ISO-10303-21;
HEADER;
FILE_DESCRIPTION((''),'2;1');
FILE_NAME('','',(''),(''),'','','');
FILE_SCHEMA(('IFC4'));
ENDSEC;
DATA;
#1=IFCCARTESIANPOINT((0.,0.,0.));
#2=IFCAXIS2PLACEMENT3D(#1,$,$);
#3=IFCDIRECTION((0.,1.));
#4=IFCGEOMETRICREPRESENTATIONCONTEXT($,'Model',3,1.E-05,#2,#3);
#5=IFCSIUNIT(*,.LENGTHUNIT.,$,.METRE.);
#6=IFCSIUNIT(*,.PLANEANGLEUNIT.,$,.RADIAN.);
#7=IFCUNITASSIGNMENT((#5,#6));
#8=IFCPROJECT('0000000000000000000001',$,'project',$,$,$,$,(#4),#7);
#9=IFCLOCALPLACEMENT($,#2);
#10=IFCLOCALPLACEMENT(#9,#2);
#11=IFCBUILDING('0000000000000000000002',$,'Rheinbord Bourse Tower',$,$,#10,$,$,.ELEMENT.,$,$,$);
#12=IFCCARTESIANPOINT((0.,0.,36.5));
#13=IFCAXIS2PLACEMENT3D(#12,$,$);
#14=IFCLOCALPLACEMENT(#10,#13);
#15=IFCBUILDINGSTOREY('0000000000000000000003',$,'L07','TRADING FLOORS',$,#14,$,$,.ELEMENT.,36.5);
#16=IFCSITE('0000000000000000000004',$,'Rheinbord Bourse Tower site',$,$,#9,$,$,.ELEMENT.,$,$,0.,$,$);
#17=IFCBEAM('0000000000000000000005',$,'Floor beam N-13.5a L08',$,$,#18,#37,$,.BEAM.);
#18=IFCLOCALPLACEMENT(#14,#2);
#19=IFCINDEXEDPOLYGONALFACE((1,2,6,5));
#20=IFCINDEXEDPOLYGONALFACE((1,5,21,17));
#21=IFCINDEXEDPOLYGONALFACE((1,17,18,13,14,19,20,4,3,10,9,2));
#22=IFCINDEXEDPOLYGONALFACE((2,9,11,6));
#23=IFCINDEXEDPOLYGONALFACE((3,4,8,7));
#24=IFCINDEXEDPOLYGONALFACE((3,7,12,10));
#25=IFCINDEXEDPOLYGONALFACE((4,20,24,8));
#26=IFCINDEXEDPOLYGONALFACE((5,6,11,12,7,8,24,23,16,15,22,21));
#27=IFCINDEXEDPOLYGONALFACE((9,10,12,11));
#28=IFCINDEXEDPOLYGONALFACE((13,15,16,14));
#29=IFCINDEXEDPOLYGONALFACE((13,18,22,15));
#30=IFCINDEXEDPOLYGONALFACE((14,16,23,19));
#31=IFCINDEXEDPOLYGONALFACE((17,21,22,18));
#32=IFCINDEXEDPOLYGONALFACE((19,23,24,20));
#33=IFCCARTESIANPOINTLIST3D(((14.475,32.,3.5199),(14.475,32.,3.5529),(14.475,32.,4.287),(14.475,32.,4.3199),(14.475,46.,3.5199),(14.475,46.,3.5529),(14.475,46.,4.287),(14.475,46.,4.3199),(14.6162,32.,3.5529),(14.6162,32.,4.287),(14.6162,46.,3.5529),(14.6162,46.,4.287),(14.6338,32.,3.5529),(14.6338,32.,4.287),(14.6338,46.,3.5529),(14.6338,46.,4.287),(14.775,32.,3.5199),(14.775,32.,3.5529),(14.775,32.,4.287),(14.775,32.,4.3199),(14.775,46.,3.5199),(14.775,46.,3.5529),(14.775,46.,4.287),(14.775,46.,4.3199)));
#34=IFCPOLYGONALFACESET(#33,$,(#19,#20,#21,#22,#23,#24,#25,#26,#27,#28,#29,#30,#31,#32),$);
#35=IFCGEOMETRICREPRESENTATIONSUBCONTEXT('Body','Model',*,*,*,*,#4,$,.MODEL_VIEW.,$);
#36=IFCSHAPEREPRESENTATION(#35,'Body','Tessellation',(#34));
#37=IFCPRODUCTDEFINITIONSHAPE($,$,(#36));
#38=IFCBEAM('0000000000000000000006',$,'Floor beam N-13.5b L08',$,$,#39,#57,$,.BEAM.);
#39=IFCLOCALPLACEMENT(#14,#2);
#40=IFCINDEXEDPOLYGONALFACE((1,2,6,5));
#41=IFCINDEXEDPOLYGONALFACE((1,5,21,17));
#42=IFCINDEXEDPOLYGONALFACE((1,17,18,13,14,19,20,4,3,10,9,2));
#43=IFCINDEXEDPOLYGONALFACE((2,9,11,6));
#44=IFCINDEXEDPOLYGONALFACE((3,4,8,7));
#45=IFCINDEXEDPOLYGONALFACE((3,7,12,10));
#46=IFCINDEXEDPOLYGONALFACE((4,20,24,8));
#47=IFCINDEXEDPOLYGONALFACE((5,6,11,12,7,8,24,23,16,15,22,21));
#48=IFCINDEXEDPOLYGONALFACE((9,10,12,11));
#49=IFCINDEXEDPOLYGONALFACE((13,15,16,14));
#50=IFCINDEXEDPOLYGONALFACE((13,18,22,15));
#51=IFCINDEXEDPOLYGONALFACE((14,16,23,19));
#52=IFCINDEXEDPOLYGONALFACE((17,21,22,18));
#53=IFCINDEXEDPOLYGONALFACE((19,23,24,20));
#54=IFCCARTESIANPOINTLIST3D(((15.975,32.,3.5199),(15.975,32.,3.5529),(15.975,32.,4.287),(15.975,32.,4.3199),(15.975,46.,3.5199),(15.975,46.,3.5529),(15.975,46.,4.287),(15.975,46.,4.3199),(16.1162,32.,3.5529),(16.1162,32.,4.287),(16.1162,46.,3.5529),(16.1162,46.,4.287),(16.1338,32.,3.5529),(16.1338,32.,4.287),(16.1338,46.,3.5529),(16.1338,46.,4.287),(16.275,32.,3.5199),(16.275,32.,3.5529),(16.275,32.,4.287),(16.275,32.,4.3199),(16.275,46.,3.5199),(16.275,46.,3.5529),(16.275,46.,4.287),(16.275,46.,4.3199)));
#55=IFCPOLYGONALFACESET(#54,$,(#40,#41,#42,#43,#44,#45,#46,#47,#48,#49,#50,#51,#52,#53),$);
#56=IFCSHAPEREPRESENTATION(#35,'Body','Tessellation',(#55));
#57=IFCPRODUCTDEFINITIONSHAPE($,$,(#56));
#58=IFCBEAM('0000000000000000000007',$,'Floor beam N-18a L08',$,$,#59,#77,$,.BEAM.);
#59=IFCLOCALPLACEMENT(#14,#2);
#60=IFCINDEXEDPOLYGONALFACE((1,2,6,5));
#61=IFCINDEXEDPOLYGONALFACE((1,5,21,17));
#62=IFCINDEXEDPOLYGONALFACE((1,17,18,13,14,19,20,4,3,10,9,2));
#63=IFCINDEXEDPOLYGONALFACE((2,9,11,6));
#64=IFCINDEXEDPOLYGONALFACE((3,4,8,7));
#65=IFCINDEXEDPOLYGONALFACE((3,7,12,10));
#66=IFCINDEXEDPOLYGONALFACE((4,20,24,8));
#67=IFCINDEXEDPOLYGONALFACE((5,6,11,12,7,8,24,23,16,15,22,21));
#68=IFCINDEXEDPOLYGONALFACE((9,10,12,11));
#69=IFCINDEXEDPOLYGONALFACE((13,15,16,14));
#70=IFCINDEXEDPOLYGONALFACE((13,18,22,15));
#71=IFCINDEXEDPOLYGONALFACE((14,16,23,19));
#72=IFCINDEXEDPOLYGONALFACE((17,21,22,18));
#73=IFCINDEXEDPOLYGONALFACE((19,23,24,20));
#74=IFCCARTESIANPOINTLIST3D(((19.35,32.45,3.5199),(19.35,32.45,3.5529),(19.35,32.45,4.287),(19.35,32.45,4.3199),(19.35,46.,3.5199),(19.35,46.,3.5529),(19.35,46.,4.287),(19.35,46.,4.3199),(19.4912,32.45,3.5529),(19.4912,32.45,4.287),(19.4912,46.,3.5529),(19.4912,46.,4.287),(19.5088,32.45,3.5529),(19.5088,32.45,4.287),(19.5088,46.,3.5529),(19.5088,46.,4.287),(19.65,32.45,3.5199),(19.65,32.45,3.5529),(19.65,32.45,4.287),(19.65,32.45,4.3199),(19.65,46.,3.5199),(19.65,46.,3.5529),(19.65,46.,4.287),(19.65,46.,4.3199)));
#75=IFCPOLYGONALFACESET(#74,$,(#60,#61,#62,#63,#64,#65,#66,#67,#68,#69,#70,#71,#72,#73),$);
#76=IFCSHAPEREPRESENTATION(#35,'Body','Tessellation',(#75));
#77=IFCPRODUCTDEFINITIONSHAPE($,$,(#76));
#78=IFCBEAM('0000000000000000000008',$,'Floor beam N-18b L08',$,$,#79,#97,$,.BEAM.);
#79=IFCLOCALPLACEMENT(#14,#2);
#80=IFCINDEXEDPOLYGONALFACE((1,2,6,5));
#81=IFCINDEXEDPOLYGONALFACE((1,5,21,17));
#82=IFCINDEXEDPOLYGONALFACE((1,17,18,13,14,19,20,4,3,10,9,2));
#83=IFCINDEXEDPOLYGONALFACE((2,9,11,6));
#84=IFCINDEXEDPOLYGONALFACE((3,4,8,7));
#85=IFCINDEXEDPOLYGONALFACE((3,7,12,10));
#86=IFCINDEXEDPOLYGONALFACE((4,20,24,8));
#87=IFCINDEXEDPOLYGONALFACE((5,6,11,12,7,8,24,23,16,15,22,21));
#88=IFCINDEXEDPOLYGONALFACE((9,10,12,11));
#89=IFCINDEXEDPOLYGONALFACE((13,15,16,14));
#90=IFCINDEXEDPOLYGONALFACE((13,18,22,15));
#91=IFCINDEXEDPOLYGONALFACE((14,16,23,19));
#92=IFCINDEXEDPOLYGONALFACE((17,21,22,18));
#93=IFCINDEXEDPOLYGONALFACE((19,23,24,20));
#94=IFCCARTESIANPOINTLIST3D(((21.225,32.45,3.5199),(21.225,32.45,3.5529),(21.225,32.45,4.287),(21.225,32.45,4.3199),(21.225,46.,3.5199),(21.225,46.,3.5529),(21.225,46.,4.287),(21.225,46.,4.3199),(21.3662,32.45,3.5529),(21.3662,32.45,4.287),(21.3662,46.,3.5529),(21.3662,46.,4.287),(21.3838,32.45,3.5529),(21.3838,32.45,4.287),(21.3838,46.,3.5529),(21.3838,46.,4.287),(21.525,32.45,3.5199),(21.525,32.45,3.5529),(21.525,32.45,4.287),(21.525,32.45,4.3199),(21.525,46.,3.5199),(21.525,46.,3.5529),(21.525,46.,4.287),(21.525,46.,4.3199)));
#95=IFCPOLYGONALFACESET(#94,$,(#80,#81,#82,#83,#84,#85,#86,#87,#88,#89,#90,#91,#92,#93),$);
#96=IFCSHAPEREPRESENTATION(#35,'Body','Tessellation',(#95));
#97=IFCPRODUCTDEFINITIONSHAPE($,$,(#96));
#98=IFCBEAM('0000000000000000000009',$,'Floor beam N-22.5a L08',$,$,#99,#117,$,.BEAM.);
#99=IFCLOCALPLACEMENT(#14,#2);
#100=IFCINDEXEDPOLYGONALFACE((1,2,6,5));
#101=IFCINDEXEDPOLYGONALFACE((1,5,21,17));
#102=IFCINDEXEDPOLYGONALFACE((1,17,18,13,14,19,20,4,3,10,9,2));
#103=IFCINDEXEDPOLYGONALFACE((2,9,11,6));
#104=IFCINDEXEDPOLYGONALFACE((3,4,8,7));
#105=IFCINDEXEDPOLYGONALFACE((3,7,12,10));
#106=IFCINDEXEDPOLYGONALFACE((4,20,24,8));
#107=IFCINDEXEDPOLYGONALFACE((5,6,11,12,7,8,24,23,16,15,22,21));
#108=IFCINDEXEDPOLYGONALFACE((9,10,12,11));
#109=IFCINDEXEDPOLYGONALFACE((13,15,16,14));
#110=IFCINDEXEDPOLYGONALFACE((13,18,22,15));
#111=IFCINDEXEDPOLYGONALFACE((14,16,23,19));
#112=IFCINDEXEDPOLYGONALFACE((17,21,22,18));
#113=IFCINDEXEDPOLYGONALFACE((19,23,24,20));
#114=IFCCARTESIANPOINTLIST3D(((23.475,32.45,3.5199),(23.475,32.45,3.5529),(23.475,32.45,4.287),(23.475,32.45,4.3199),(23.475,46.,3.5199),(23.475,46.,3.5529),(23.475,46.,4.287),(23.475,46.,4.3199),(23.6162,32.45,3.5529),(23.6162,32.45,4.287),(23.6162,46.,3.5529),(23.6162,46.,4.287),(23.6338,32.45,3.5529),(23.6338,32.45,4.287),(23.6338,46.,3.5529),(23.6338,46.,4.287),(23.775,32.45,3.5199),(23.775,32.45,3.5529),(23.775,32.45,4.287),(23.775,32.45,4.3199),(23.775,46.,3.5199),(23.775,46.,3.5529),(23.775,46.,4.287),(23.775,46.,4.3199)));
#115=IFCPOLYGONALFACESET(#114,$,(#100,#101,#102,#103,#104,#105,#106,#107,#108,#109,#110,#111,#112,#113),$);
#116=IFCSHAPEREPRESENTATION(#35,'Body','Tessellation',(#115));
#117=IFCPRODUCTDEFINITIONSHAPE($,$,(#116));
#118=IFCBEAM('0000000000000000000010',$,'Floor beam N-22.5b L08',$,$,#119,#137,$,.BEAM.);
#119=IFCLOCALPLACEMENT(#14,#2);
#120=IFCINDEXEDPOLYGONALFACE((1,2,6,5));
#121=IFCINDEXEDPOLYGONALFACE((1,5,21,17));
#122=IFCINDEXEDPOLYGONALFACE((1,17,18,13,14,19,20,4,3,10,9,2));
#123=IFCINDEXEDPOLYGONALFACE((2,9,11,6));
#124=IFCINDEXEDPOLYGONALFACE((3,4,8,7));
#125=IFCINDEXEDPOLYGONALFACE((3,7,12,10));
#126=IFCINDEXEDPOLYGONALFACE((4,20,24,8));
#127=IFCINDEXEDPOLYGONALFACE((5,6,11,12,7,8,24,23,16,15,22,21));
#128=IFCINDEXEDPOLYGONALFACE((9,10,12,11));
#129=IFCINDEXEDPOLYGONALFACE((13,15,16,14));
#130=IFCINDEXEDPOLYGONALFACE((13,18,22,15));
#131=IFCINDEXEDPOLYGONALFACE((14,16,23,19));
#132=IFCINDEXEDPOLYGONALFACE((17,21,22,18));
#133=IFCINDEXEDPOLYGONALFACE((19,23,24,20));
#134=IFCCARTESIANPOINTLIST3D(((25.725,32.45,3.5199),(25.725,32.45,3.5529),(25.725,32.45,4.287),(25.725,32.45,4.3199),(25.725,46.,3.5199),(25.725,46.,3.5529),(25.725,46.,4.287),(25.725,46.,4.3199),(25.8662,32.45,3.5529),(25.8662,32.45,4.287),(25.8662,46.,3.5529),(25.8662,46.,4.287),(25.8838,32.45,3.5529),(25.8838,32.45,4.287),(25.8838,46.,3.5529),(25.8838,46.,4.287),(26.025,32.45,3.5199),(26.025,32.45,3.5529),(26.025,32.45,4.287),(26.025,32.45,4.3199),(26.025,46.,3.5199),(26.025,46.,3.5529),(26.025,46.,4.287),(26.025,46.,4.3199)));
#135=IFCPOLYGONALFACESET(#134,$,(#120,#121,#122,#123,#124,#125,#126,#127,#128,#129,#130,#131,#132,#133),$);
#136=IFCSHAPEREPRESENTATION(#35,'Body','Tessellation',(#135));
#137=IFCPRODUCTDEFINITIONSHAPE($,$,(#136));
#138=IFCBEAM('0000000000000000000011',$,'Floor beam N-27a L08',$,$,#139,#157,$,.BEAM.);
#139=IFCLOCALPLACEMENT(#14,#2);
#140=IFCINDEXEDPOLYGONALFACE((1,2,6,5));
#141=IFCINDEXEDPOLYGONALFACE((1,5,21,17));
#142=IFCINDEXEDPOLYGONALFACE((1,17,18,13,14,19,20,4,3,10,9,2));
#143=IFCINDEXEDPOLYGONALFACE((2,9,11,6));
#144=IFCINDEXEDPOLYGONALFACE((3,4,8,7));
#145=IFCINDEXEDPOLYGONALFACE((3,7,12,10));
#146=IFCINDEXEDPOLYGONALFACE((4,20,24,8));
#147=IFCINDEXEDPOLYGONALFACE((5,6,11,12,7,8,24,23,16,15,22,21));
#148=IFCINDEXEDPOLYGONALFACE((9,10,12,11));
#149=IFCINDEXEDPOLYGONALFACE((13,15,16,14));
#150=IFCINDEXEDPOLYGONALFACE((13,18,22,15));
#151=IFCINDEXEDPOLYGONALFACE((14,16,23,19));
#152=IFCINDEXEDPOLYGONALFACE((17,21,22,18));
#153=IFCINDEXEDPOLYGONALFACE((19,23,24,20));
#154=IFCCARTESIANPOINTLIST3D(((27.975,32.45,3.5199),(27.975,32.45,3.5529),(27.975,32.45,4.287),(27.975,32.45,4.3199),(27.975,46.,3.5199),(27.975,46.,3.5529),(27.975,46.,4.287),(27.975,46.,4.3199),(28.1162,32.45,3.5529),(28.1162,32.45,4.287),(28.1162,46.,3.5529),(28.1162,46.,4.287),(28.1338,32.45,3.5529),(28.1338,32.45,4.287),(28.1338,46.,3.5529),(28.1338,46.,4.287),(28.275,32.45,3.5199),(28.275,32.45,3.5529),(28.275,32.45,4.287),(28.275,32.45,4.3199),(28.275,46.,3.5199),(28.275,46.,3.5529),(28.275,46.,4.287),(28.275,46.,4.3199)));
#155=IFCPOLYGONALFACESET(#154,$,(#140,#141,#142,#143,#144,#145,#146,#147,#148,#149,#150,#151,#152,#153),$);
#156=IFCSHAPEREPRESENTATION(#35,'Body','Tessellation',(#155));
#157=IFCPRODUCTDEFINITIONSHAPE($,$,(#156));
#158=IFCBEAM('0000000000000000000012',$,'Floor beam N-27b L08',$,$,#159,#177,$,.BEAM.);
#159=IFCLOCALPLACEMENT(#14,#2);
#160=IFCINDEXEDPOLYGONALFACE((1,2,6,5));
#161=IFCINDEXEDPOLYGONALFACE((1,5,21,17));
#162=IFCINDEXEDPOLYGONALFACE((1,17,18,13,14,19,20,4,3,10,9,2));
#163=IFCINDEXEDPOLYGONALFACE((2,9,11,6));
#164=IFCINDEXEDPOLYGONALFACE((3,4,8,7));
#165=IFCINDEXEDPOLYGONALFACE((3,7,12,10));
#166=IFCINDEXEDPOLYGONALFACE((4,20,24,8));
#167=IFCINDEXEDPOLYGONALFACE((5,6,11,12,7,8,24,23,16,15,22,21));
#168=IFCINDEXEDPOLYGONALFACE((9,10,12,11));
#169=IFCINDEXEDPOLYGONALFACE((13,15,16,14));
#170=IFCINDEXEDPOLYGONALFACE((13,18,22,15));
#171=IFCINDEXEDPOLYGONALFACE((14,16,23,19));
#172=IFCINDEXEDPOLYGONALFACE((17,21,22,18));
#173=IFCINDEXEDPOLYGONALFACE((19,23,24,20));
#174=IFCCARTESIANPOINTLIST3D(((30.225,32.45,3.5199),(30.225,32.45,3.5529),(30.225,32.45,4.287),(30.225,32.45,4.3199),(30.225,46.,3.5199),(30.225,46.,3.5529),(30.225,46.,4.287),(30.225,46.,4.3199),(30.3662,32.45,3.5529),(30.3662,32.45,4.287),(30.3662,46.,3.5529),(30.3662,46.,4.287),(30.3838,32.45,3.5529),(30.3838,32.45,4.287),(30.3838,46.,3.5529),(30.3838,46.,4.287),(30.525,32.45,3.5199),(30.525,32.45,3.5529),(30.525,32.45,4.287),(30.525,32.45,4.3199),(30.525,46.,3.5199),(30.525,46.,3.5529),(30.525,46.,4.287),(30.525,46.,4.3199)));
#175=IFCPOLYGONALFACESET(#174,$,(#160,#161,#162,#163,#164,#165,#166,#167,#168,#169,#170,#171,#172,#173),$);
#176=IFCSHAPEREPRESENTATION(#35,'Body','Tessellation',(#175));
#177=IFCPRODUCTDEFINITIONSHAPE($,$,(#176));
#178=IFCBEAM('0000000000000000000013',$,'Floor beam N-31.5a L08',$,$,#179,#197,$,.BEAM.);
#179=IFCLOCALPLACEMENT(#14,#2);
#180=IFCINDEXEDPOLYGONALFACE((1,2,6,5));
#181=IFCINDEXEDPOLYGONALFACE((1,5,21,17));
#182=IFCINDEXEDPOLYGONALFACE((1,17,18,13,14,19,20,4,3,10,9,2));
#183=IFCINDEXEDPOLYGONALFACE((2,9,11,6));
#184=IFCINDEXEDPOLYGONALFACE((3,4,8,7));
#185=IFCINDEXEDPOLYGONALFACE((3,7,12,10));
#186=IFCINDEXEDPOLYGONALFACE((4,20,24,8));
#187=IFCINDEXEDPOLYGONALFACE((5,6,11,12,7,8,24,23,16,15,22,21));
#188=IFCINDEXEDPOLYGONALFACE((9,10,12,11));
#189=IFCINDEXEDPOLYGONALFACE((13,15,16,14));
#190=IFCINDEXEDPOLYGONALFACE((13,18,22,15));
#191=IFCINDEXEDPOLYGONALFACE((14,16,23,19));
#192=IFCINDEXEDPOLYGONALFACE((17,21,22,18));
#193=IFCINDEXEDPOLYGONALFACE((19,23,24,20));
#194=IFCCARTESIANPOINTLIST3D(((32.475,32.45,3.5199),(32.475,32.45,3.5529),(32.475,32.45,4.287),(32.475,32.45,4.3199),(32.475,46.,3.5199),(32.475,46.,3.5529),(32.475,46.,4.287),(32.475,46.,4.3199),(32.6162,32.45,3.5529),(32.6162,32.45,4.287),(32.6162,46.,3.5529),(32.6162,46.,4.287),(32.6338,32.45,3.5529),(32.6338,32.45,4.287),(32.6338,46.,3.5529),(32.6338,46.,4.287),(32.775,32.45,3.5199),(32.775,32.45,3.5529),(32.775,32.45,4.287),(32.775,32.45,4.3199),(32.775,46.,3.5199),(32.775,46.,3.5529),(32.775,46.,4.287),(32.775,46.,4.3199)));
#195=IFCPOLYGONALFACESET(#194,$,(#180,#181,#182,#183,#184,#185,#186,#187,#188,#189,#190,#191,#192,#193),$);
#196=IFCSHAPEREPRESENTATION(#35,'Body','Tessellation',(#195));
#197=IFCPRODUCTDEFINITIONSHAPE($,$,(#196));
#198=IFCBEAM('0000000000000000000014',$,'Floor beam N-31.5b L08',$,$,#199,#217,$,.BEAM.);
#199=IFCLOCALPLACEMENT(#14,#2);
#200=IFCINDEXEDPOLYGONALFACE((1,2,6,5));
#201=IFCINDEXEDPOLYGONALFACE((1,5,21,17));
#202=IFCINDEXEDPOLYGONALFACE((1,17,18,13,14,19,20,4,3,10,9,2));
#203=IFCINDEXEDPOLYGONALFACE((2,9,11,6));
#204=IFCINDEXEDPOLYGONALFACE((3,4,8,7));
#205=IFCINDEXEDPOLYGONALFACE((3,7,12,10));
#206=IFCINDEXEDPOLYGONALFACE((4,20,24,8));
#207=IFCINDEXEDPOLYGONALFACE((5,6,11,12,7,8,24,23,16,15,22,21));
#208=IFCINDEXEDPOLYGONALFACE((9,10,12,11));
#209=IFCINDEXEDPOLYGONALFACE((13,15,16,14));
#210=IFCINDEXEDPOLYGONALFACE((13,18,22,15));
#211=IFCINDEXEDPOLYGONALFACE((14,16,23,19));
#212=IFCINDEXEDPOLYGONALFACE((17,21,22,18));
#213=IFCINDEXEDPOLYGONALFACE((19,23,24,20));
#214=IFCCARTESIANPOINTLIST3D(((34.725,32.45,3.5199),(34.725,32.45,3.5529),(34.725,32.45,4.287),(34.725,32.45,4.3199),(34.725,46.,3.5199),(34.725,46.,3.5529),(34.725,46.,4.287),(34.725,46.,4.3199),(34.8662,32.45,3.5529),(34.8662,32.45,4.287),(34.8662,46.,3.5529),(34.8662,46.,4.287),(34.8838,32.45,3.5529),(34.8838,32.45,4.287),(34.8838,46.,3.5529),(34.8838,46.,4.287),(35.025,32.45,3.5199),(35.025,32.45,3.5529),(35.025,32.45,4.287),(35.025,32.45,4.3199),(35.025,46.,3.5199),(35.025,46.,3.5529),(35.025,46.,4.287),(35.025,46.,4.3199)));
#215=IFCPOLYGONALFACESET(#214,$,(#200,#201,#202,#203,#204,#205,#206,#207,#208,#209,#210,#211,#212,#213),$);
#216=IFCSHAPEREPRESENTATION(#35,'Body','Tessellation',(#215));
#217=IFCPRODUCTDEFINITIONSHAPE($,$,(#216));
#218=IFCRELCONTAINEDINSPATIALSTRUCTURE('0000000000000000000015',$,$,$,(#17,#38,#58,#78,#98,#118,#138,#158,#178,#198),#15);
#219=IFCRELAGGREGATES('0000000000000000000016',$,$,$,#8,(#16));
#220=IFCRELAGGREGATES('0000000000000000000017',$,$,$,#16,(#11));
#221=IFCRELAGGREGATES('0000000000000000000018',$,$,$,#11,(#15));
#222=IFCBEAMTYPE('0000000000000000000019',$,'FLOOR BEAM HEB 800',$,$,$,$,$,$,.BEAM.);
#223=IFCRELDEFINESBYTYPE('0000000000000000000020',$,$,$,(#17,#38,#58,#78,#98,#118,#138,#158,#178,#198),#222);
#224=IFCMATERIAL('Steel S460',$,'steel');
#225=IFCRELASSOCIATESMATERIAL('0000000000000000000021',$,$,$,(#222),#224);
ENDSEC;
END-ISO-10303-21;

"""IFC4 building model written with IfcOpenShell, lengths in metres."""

from ifc_helpers import new_model, si_unit, direction, frame, origin, origin_2d, place, context, subcontext, project, spatial, i_section, extrude, material, material_profile, profile_set, type_object, element, save


model = new_model("IFC4")

# Units and contexts
model_context = context("Model", 3, precision=1e-05, world=origin(), true_north=direction((0.0, 1.0)))
body_context = subcontext(model_context, "Body", "Model", "MODEL_VIEW")
ifc_project = project(units=[si_unit("LENGTHUNIT", "METRE"), si_unit("PLANEANGLEUNIT", "RADIAN")], contexts=[model_context])

# Site, building, storey
site_placement = place(None, origin())
site = spatial("IfcSite", under=ifc_project, at=site_placement, Name="Rheinbord Bourse Tower site", CompositionType="ELEMENT", RefElevation=0.0)
building_placement = place(site_placement, origin())
building = spatial("IfcBuilding", under=site, at=building_placement, Name="Rheinbord Bourse Tower", CompositionType="ELEMENT")
storey_placement = place(building_placement, frame((0.0, 0.0, 36.5)))
storey = spatial("IfcBuildingStorey", under=building, at=storey_placement, Name="L07", Description="TRADING FLOORS", CompositionType="ELEMENT", Elevation=36.5)

# Beams
ifc_material_1 = material(Name="Steel S460", Category="steel")
ifc_material_profile_1 = material_profile(ifc_material_1, i_section(OverallWidth=0.3, OverallDepth=0.8, WebThickness=0.0176, FlangeThickness=0.033, at=origin_2d()), Name="HEB 800")
ifc_profile_set_1 = profile_set([ifc_material_profile_1], Name="Steel S460")
beam_type_1 = type_object("IfcBeamType", Name="FLOOR BEAM HEB 800", PredefinedType="BEAM", material=ifc_profile_set_1)
for number, where, z_axis, x_axis, name in (
    (1, (14.625, 46.0, 3.9199), (0.0, -1.0, 0.0), (1.0, 0.0, 0.0), "Floor beam N-13.5a L08"),
    (2, (16.125, 46.0, 3.9199), (0.0, -1.0, 0.0), (1.0, 0.0, 0.0), "Floor beam N-13.5b L08"),
):
    element("IfcBeam", number, at=place(storey_placement, frame(where, z_axis=z_axis, x_axis=x_axis)), inside=storey, type_object=beam_type_1, Name=name, PredefinedType="BEAM", context=body_context, shape_type="SweptSolid", body=[
        extrude(i_section(OverallWidth=0.3, OverallDepth=0.8, WebThickness=0.0176, FlangeThickness=0.033, at=origin_2d()), origin(), (0.0, 0.0, 1.0), 14.0),
    ])
for number, where, z_axis, x_axis, name in (
    (3, (19.5, 46.0, 3.9199), (0.0, -1.0, 0.0), (1.0, 0.0, 0.0), "Floor beam N-18a L08"),
    (4, (21.375, 46.0, 3.9199), (0.0, -1.0, 0.0), (1.0, 0.0, 0.0), "Floor beam N-18b L08"),
    (5, (23.625, 46.0, 3.9199), (0.0, -1.0, 0.0), (1.0, 0.0, 0.0), "Floor beam N-22.5a L08"),
    (6, (25.875, 46.0, 3.9199), (0.0, -1.0, 0.0), (1.0, 0.0, 0.0), "Floor beam N-22.5b L08"),
    (7, (28.125, 46.0, 3.9199), (0.0, -1.0, 0.0), (1.0, 0.0, 0.0), "Floor beam N-27a L08"),
    (8, (30.375, 46.0, 3.9199), (0.0, -1.0, 0.0), (1.0, 0.0, 0.0), "Floor beam N-27b L08"),
    (9, (32.625, 46.0, 3.9199), (0.0, -1.0, 0.0), (1.0, 0.0, 0.0), "Floor beam N-31.5a L08"),
    (10, (34.875, 46.0, 3.9199), (0.0, -1.0, 0.0), (1.0, 0.0, 0.0), "Floor beam N-31.5b L08"),
):
    element("IfcBeam", number, at=place(storey_placement, frame(where, z_axis=z_axis, x_axis=x_axis)), inside=storey, type_object=beam_type_1, Name=name, PredefinedType="BEAM", context=body_context, shape_type="SweptSolid", body=[
        extrude(i_section(OverallWidth=0.3, OverallDepth=0.8, WebThickness=0.0176, FlangeThickness=0.033, at=origin_2d()), origin(), (0.0, 0.0, 1.0), 13.55),
    ])

save(model, "model.ifc")
